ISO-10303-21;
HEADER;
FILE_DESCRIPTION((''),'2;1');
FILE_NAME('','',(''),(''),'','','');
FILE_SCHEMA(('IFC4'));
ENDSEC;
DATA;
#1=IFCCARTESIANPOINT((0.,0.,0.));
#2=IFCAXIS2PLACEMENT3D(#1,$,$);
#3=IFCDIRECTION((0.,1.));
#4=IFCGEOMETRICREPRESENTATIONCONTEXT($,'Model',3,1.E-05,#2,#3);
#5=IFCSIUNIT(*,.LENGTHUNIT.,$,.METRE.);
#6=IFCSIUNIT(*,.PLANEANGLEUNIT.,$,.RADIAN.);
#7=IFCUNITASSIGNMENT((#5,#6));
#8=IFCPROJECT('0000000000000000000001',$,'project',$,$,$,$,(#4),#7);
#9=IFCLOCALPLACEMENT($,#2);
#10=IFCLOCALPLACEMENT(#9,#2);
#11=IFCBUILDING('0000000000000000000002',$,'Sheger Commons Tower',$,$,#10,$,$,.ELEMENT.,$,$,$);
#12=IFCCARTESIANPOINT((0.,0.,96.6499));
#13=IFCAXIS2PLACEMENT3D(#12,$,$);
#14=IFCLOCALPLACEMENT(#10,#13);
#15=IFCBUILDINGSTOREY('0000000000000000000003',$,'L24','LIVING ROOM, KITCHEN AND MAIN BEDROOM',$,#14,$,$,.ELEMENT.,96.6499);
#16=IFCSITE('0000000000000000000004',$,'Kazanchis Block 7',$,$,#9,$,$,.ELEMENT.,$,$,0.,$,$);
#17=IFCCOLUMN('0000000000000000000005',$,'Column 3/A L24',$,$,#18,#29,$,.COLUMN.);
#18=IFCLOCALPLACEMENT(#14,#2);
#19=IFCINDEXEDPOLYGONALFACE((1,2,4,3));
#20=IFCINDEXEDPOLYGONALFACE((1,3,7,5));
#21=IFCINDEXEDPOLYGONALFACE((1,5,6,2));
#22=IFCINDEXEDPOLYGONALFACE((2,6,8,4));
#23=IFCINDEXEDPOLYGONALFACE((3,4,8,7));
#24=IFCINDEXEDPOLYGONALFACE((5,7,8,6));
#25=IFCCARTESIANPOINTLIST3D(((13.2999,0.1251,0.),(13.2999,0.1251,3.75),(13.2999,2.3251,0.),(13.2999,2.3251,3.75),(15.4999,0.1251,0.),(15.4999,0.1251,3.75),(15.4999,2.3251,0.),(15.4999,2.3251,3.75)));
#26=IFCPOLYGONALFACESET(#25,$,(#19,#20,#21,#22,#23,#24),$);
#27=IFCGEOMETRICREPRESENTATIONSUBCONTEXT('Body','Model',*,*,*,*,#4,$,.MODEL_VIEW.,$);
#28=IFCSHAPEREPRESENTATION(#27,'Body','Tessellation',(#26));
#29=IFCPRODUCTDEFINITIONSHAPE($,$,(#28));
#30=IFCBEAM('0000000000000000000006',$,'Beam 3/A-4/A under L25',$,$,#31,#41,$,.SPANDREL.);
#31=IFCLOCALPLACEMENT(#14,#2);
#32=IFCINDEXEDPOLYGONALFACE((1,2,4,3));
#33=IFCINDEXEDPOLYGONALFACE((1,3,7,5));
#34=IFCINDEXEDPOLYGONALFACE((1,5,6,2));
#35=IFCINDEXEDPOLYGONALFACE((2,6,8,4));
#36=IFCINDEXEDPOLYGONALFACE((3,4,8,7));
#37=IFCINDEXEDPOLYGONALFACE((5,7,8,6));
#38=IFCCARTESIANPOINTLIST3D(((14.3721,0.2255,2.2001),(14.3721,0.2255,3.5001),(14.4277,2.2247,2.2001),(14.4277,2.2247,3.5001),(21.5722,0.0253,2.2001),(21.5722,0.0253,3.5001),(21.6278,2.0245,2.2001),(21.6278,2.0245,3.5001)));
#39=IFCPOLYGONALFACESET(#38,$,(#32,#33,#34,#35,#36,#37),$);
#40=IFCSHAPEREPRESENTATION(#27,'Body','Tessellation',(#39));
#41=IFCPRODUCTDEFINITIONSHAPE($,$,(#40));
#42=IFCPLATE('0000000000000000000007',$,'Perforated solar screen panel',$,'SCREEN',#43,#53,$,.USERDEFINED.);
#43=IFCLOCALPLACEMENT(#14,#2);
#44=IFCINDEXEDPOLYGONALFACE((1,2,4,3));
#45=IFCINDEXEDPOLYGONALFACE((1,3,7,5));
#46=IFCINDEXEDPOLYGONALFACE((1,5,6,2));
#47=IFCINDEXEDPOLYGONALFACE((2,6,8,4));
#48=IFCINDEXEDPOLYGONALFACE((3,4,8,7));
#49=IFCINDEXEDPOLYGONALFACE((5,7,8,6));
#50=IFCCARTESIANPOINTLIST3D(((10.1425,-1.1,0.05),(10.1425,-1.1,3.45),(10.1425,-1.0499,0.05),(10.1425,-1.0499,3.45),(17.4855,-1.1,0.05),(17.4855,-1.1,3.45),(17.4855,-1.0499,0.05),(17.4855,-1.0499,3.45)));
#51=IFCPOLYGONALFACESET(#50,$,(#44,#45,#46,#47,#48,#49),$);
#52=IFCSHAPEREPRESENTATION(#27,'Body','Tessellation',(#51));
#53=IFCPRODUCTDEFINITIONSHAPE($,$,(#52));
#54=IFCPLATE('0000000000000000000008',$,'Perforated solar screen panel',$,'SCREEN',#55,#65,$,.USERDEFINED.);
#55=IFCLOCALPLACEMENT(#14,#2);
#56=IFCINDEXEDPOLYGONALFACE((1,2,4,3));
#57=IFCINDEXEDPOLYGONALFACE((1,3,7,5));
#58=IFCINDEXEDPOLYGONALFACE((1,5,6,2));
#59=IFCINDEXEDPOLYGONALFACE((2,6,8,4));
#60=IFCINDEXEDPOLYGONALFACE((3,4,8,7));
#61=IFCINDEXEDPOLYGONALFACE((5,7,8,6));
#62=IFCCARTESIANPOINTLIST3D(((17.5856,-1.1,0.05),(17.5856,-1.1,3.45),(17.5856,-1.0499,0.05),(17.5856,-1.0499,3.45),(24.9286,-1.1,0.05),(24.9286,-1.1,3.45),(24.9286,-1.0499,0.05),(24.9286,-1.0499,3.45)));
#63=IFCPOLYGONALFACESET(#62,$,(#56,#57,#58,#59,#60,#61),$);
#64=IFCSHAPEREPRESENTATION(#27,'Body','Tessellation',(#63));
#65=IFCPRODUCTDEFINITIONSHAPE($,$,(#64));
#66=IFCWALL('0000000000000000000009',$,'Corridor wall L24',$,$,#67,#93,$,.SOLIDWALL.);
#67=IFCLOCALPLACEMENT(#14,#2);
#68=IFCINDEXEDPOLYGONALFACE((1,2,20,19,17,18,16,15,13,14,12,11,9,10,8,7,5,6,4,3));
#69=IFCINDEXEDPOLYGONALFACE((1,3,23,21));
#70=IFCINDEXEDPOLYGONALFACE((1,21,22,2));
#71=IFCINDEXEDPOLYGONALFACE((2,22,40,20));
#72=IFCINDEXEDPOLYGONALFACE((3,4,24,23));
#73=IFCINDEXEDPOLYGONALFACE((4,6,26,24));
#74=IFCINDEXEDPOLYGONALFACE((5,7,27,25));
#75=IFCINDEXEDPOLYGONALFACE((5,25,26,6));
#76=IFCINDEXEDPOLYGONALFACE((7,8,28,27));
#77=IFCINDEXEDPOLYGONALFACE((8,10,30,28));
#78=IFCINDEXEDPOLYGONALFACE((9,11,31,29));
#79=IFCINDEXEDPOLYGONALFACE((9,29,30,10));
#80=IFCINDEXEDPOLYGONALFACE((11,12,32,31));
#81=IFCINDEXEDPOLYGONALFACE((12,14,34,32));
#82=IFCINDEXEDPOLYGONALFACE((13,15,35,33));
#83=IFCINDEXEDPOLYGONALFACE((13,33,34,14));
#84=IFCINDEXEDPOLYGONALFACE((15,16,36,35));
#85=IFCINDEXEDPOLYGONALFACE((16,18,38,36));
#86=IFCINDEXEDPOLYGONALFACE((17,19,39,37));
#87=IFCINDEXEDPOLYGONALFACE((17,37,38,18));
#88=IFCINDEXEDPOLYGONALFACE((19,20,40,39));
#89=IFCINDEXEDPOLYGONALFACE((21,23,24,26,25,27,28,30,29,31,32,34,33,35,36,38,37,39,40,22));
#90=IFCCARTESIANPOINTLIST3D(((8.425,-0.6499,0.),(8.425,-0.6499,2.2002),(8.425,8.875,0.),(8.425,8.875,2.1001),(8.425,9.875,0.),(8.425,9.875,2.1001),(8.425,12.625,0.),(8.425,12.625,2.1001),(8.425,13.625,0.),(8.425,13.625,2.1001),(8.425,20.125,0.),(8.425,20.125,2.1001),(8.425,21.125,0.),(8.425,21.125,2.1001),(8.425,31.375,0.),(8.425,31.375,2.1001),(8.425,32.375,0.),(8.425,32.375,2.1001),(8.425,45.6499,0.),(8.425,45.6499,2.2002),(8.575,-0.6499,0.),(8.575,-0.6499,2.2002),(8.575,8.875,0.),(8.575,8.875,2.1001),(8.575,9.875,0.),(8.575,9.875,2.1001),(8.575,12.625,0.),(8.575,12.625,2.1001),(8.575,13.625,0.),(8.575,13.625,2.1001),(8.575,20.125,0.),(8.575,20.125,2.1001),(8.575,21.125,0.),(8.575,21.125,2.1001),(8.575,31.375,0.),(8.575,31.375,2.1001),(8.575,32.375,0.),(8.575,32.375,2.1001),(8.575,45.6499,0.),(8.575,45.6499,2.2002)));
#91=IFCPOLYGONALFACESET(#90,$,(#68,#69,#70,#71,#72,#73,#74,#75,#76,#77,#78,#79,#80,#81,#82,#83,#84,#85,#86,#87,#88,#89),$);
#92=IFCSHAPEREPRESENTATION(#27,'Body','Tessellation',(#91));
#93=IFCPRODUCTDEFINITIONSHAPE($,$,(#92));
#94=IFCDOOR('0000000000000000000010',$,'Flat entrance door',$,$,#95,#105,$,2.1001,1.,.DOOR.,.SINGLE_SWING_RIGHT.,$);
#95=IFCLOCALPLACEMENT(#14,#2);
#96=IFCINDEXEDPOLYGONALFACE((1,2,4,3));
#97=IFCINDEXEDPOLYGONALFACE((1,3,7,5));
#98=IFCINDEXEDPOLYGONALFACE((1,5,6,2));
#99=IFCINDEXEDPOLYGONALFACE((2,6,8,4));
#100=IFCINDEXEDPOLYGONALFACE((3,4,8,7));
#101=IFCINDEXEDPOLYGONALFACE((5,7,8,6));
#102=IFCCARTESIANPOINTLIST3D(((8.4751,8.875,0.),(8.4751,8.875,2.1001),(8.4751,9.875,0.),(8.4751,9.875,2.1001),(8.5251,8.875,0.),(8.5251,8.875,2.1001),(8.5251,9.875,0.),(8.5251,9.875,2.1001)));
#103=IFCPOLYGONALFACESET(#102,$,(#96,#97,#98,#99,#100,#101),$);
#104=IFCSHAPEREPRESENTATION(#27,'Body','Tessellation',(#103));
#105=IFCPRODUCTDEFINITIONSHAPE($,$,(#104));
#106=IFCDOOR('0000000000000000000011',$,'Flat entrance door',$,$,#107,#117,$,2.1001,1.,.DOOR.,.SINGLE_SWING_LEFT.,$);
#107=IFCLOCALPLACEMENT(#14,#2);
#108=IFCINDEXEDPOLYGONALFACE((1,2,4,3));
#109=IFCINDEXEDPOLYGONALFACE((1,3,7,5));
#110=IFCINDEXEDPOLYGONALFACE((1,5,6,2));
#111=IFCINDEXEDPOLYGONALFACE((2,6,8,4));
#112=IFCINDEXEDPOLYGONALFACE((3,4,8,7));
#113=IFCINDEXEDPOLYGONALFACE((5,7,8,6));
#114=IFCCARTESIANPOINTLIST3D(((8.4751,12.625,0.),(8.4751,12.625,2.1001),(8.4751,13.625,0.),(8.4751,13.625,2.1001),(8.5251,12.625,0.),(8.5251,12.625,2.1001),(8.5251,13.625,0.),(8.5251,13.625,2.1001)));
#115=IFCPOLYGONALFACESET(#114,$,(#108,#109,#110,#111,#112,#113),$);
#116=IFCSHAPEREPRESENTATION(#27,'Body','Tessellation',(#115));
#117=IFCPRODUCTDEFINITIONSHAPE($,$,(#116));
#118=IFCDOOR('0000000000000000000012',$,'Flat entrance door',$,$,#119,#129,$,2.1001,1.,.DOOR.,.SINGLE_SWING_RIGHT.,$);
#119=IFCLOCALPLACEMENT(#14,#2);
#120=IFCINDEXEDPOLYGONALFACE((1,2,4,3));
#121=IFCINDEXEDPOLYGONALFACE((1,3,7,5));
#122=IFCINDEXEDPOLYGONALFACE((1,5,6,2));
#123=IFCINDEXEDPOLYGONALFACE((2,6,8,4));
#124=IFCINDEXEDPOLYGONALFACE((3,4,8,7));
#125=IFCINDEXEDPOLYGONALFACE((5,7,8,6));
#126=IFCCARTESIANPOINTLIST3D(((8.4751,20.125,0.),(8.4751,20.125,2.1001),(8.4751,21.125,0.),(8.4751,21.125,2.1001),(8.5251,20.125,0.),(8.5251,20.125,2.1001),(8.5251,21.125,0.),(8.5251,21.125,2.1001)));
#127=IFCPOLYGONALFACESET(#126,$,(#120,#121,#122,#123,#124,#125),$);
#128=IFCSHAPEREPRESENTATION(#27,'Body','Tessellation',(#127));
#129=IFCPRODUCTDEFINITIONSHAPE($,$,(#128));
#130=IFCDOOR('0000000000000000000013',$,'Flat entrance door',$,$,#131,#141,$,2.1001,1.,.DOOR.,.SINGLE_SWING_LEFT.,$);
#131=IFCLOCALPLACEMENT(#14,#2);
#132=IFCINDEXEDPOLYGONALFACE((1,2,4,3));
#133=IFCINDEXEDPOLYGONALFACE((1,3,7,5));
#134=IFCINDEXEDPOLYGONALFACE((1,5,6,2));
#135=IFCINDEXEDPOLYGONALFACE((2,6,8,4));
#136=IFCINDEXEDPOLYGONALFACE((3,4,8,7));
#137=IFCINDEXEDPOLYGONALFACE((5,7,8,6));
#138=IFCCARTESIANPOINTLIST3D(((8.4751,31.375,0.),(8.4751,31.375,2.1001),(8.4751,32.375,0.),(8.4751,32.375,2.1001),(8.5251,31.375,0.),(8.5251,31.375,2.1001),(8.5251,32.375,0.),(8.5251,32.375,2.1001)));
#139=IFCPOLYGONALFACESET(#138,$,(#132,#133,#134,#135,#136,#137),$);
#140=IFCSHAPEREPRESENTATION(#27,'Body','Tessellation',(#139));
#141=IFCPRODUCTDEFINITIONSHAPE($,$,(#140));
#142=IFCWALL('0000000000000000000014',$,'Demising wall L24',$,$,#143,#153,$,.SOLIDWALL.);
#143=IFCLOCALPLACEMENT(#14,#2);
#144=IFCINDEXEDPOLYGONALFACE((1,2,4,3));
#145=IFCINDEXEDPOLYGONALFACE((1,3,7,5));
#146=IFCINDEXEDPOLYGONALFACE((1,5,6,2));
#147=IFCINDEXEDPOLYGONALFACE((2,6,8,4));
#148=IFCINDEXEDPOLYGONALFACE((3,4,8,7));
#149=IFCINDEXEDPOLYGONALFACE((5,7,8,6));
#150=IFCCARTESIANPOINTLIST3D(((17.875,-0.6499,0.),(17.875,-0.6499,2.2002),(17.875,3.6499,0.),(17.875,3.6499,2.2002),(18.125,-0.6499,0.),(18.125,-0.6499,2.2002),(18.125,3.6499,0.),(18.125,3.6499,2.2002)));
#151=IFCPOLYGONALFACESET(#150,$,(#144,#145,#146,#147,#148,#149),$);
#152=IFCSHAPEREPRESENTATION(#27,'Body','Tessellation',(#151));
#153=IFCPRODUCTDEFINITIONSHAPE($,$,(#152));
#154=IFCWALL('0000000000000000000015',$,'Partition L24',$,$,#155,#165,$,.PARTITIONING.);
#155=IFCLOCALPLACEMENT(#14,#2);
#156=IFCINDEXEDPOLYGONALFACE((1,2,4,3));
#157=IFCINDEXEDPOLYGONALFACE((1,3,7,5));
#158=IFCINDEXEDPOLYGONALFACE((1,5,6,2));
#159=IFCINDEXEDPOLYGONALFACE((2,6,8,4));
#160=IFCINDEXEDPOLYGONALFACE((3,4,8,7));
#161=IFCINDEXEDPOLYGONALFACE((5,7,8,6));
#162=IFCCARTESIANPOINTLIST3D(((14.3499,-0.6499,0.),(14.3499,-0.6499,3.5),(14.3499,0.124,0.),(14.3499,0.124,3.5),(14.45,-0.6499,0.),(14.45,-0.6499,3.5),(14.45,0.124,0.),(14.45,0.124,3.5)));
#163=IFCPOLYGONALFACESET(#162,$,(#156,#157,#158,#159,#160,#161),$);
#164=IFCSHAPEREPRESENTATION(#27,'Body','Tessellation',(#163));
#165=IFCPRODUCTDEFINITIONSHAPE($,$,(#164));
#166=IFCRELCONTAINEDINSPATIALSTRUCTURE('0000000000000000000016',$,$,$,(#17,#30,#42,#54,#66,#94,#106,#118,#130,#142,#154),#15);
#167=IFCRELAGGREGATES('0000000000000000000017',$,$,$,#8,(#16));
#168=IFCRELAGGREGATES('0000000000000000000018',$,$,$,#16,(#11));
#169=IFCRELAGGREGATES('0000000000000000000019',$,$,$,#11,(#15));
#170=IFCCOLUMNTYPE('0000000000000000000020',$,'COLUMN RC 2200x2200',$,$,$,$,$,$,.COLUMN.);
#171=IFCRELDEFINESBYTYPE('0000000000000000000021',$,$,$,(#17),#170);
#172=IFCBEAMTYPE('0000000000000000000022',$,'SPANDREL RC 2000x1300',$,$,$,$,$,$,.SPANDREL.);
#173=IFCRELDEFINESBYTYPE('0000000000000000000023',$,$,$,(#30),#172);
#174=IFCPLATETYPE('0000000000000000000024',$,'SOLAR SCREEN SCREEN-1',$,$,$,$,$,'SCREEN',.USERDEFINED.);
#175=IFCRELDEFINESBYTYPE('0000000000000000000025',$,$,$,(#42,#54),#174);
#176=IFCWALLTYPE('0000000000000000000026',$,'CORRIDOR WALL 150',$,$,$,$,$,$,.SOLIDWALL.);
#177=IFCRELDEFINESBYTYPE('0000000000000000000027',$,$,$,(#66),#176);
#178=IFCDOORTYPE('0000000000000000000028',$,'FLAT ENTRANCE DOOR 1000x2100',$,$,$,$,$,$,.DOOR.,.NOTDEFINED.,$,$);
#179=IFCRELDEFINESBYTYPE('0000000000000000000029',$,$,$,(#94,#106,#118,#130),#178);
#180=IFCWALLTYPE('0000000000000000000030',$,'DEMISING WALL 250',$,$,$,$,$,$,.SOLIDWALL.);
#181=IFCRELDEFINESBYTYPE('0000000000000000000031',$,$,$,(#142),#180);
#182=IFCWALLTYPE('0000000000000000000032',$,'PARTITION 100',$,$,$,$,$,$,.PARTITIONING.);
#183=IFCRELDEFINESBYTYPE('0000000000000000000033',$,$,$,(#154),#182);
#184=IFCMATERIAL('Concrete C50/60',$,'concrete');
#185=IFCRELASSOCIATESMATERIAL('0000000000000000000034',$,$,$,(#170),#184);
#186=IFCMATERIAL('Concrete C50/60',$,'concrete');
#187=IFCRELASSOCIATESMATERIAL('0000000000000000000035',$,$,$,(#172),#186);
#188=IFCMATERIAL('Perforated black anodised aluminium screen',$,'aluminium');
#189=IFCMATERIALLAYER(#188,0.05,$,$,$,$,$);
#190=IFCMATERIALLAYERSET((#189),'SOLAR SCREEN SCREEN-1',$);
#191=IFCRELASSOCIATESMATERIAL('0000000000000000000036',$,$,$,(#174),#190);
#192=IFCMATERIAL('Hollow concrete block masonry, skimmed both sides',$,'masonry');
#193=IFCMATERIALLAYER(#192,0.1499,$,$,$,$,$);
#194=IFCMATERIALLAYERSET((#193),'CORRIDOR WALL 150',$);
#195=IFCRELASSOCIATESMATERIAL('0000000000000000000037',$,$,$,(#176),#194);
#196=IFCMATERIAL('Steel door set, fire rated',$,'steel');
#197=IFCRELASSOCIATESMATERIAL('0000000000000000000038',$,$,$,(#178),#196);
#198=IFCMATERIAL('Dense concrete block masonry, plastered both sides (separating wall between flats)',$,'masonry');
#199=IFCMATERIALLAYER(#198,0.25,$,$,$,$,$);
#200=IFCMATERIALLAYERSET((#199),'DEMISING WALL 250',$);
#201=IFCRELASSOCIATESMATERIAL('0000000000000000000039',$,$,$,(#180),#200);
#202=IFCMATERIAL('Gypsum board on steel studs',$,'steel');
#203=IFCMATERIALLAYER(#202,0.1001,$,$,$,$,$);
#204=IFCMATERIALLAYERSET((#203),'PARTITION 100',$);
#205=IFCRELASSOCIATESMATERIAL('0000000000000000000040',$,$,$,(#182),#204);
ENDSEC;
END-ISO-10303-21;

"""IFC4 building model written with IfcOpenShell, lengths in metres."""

from ifc_helpers import new_model, si_unit, direction, frame, frame_2d, origin, origin_2d, place, context, subcontext, project, spatial, rectangle, extrude, material, layer, layer_set, material_profile, profile_set, type_object, element, fill, save


model = new_model("IFC4")

# Units and contexts
model_context = context("Model", 3, precision=1e-05, world=origin(), true_north=direction((0.0, 1.0)))
body_context = subcontext(model_context, "Body", "Model", "MODEL_VIEW")
ifc_project = project(units=[si_unit("LENGTHUNIT", "METRE"), si_unit("PLANEANGLEUNIT", "RADIAN")], contexts=[model_context])

# Site, building, storey
site_placement = place(None, origin())
site = spatial("IfcSite", under=ifc_project, at=site_placement, Name="Kazanchis Block 7", CompositionType="ELEMENT", RefElevation=0.0)
building_placement = place(site_placement, origin())
building = spatial("IfcBuilding", under=site, at=building_placement, Name="Sheger Commons Tower", CompositionType="ELEMENT")
storey_placement = place(building_placement, frame((0.0, 0.0, 96.6499)))
storey = spatial("IfcBuildingStorey", under=building, at=storey_placement, Name="L24", Description="LIVING ROOM, KITCHEN AND MAIN BEDROOM", CompositionType="ELEMENT", Elevation=96.6499)

# Column
ifc_material_1 = material(Name="Concrete C50/60", Category="concrete")
ifc_material_profile_1 = material_profile(ifc_material_1, rectangle(XDim=2.2, YDim=2.2, at=origin_2d()), Name="RC 2200x2200")
ifc_profile_set_1 = profile_set([ifc_material_profile_1], Name="Concrete C50/60")
column_type = type_object("IfcColumnType", Name="COLUMN RC 2200x2200", PredefinedType="COLUMN", material=ifc_profile_set_1)
column_placement = place(storey_placement, frame((14.3999, 1.2251, 0.0), z_axis=(0.0, 0.0, 1.0), x_axis=(1.0, 0.0, 0.0)))
element("IfcColumn", 1, at=column_placement, inside=storey, type_object=column_type, Name="Column 3/A L24", PredefinedType="COLUMN", context=body_context, shape_type="SweptSolid", body=[
    extrude(rectangle(XDim=2.2, YDim=2.2, at=origin_2d()), origin(), (0.0, 0.0, 1.0), 3.75),
])

# Beam
ifc_material_2 = material(Name="Concrete C50/60", Category="concrete")
ifc_material_profile_2 = material_profile(ifc_material_2, rectangle(XDim=2.0, YDim=1.3, at=origin_2d()), Name="RC 2000x1300")
ifc_profile_set_2 = profile_set([ifc_material_profile_2], Name="Concrete C50/60")
beam_type = type_object("IfcBeamType", Name="SPANDREL RC 2000x1300", PredefinedType="SPANDREL", material=ifc_profile_set_2)
beam_placement = place(storey_placement, frame((14.3999, 1.2251, 2.8501), z_axis=(0.999614, -0.027793, 0.0), x_axis=(0.027793, 0.999614, 0.0)))
element("IfcBeam", 2, at=beam_placement, inside=storey, type_object=beam_type, Name="Beam 3/A-4/A under L25", PredefinedType="SPANDREL", context=body_context, shape_type="SweptSolid", body=[
    extrude(rectangle(XDim=2.0, YDim=1.3, at=origin_2d()), origin(), (0.0, 0.0, 1.0), 7.2029),
])

# Plates
ifc_material_3 = material(Name="Perforated black anodised aluminium screen", Category="aluminium")
ifc_layer_1 = layer(ifc_material_3, 0.05)
ifc_layer_set_1 = layer_set([ifc_layer_1], Name="SOLAR SCREEN SCREEN-1")
plate_type = type_object("IfcPlateType", Name="SOLAR SCREEN SCREEN-1", ElementType="SCREEN", PredefinedType="USERDEFINED", material=ifc_layer_set_1)
for number, where, z_axis, x_axis, name in (
    (3, (13.814, -1.075, 0.05), (0.0, 0.0, 1.0), (1.0, 0.0, 0.0), "Perforated solar screen panel"),
    (4, (21.2571, -1.075, 0.05), (0.0, 0.0, 1.0), (1.0, 0.0, 0.0), "Perforated solar screen panel"),
):
    element("IfcPlate", number, at=place(storey_placement, frame(where, z_axis=z_axis, x_axis=x_axis)), inside=storey, type_object=plate_type, Name=name, ObjectType="SCREEN", PredefinedType="USERDEFINED", context=body_context, shape_type="SweptSolid", body=[
        extrude(rectangle(XDim=7.343, YDim=0.05, at=origin_2d()), origin(), (0.0, 0.0, 1.0), 3.3999),
    ])

# Wall, openings, doors
ifc_material_4 = material(Name="Hollow concrete block masonry, skimmed both sides", Category="masonry")
ifc_layer_2 = layer(ifc_material_4, 0.1499)
ifc_layer_set_2 = layer_set([ifc_layer_2], Name="CORRIDOR WALL 150")
wall_type_1 = type_object("IfcWallType", Name="CORRIDOR WALL 150", PredefinedType="SOLIDWALL", material=ifc_layer_set_2)
wall_1_placement = place(storey_placement, frame((8.5, -0.6499, 0.0), z_axis=(0.0, 0.0, 1.0), x_axis=(0.0, 1.0, 0.0)))
wall_1 = element("IfcWall", 5, at=wall_1_placement, inside=storey, type_object=wall_type_1, Name="Corridor wall L24", PredefinedType="SOLIDWALL", context=body_context, shape_type="SweptSolid", body=[
    extrude(rectangle(XDim=46.2998, YDim=0.1499, at=frame_2d((23.1499, 0.0))), origin(), (0.0, 0.0, 1.0), 2.2002),
])
opening_1_placement = place(wall_1_placement, frame((9.5249, 0.0, 0.0)))
opening_1 = element("IfcOpeningElement", 6, at=opening_1_placement, cuts=wall_1, PredefinedType="OPENING", context=body_context, shape_type="SweptSolid", body=[
    extrude(rectangle(XDim=1.0, YDim=2.1001, at=frame_2d((0.5, 1.05))), frame((0.0, 0.085, 0.0), z_axis=(0.0, -1.0, 0.0), x_axis=(1.0, 0.0, 0.0)), (0.0, 0.0, 1.0), 0.1699),
])
opening_2_placement = place(wall_1_placement, frame((13.2749, 0.0, 0.0)))
opening_2 = element("IfcOpeningElement", 7, at=opening_2_placement, cuts=wall_1, PredefinedType="OPENING", context=body_context, shape_type="SweptSolid", body=[
    extrude(rectangle(XDim=1.0, YDim=2.1001, at=frame_2d((0.5, 1.05))), frame((0.0, 0.085, 0.0), z_axis=(0.0, -1.0, 0.0), x_axis=(1.0, 0.0, 0.0)), (0.0, 0.0, 1.0), 0.1699),
])
opening_3_placement = place(wall_1_placement, frame((20.7749, 0.0, 0.0)))
opening_3 = element("IfcOpeningElement", 8, at=opening_3_placement, cuts=wall_1, PredefinedType="OPENING", context=body_context, shape_type="SweptSolid", body=[
    extrude(rectangle(XDim=1.0, YDim=2.1001, at=frame_2d((0.5, 1.05))), frame((0.0, 0.085, 0.0), z_axis=(0.0, -1.0, 0.0), x_axis=(1.0, 0.0, 0.0)), (0.0, 0.0, 1.0), 0.1699),
])
opening_4_placement = place(wall_1_placement, frame((32.0249, 0.0, 0.0)))
opening_4 = element("IfcOpeningElement", 9, at=opening_4_placement, cuts=wall_1, PredefinedType="OPENING", context=body_context, shape_type="SweptSolid", body=[
    extrude(rectangle(XDim=1.0, YDim=2.1001, at=frame_2d((0.5, 1.05))), frame((0.0, 0.085, 0.0), z_axis=(0.0, -1.0, 0.0), x_axis=(1.0, 0.0, 0.0)), (0.0, 0.0, 1.0), 0.1699),
])
ifc_material_5 = material(Name="Steel door set, fire rated", Category="steel")
door_type_1 = type_object("IfcDoorType", Name="FLAT ENTRANCE DOOR 1000x2100", OperationType="NOTDEFINED", PredefinedType="DOOR", material=ifc_material_5)
door_1_placement = place(opening_1_placement, origin())
door_1 = element("IfcDoor", 10, at=door_1_placement, inside=storey, type_object=door_type_1, Name="Flat entrance door", OperationType="SINGLE_SWING_RIGHT", OverallHeight=2.1001, OverallWidth=1.0, PredefinedType="DOOR", context=body_context, shape_type="SweptSolid", body=[
    extrude(rectangle(XDim=1.0, YDim=2.1001, at=frame_2d((0.5, 1.05))), frame((0.0, 0.0249, 0.0), z_axis=(0.0, -1.0, 0.0), x_axis=(1.0, 0.0, 0.0)), (0.0, 0.0, 1.0), 0.05),
])
fill(opening_1, door_1)
door_2_placement = place(opening_2_placement, origin())
door_2 = element("IfcDoor", 11, at=door_2_placement, inside=storey, type_object=door_type_1, Name="Flat entrance door", OperationType="SINGLE_SWING_LEFT", OverallHeight=2.1001, OverallWidth=1.0, PredefinedType="DOOR", context=body_context, shape_type="SweptSolid", body=[
    extrude(rectangle(XDim=1.0, YDim=2.1001, at=frame_2d((0.5, 1.05))), frame((0.0, 0.0249, 0.0), z_axis=(0.0, -1.0, 0.0), x_axis=(1.0, 0.0, 0.0)), (0.0, 0.0, 1.0), 0.05),
])
fill(opening_2, door_2)
door_3_placement = place(opening_3_placement, origin())
door_3 = element("IfcDoor", 12, at=door_3_placement, inside=storey, type_object=door_type_1, Name="Flat entrance door", OperationType="SINGLE_SWING_RIGHT", OverallHeight=2.1001, OverallWidth=1.0, PredefinedType="DOOR", context=body_context, shape_type="SweptSolid", body=[
    extrude(rectangle(XDim=1.0, YDim=2.1001, at=frame_2d((0.5, 1.05))), frame((0.0, 0.0249, 0.0), z_axis=(0.0, -1.0, 0.0), x_axis=(1.0, 0.0, 0.0)), (0.0, 0.0, 1.0), 0.05),
])
fill(opening_3, door_3)
door_4_placement = place(opening_4_placement, origin())
door_4 = element("IfcDoor", 13, at=door_4_placement, inside=storey, type_object=door_type_1, Name="Flat entrance door", OperationType="SINGLE_SWING_LEFT", OverallHeight=2.1001, OverallWidth=1.0, PredefinedType="DOOR", context=body_context, shape_type="SweptSolid", body=[
    extrude(rectangle(XDim=1.0, YDim=2.1001, at=frame_2d((0.5, 1.05))), frame((0.0, 0.0249, 0.0), z_axis=(0.0, -1.0, 0.0), x_axis=(1.0, 0.0, 0.0)), (0.0, 0.0, 1.0), 0.05),
])
fill(opening_4, door_4)

# Walls
ifc_material_6 = material(Name="Dense concrete block masonry, plastered both sides (separating wall between flats)", Category="masonry")
ifc_layer_3 = layer(ifc_material_6, 0.25)
ifc_layer_set_3 = layer_set([ifc_layer_3], Name="DEMISING WALL 250")
wall_type_2 = type_object("IfcWallType", Name="DEMISING WALL 250", PredefinedType="SOLIDWALL", material=ifc_layer_set_3)
wall_2_placement = place(storey_placement, frame((18.0, -0.6499, 0.0), z_axis=(0.0, 0.0, 1.0), x_axis=(0.0, 1.0, 0.0)))
element("IfcWall", 14, at=wall_2_placement, inside=storey, type_object=wall_type_2, Name="Demising wall L24", PredefinedType="SOLIDWALL", context=body_context, shape_type="SweptSolid", body=[
    extrude(rectangle(XDim=4.2998, YDim=0.25, at=frame_2d((2.1499, 0.0))), origin(), (0.0, 0.0, 1.0), 2.2002),
])
ifc_material_7 = material(Name="Gypsum board on steel studs", Category="steel")
ifc_layer_4 = layer(ifc_material_7, 0.1001)
ifc_layer_set_4 = layer_set([ifc_layer_4], Name="PARTITION 100")
wall_type_3 = type_object("IfcWallType", Name="PARTITION 100", PredefinedType="PARTITIONING", material=ifc_layer_set_4)
wall_3_placement = place(storey_placement, frame((14.3999, -0.6499, 0.0), z_axis=(0.0, 0.0, 1.0), x_axis=(0.0, 1.0, 0.0)))
element("IfcWall", 15, at=wall_3_placement, inside=storey, type_object=wall_type_3, Name="Partition L24", PredefinedType="PARTITIONING", context=body_context, shape_type="SweptSolid", body=[
    extrude(rectangle(XDim=0.7739, YDim=0.1001, at=frame_2d((0.387, 0.0))), origin(), (0.0, 0.0, 1.0), 3.5),
])

save(model, "model.ifc")
